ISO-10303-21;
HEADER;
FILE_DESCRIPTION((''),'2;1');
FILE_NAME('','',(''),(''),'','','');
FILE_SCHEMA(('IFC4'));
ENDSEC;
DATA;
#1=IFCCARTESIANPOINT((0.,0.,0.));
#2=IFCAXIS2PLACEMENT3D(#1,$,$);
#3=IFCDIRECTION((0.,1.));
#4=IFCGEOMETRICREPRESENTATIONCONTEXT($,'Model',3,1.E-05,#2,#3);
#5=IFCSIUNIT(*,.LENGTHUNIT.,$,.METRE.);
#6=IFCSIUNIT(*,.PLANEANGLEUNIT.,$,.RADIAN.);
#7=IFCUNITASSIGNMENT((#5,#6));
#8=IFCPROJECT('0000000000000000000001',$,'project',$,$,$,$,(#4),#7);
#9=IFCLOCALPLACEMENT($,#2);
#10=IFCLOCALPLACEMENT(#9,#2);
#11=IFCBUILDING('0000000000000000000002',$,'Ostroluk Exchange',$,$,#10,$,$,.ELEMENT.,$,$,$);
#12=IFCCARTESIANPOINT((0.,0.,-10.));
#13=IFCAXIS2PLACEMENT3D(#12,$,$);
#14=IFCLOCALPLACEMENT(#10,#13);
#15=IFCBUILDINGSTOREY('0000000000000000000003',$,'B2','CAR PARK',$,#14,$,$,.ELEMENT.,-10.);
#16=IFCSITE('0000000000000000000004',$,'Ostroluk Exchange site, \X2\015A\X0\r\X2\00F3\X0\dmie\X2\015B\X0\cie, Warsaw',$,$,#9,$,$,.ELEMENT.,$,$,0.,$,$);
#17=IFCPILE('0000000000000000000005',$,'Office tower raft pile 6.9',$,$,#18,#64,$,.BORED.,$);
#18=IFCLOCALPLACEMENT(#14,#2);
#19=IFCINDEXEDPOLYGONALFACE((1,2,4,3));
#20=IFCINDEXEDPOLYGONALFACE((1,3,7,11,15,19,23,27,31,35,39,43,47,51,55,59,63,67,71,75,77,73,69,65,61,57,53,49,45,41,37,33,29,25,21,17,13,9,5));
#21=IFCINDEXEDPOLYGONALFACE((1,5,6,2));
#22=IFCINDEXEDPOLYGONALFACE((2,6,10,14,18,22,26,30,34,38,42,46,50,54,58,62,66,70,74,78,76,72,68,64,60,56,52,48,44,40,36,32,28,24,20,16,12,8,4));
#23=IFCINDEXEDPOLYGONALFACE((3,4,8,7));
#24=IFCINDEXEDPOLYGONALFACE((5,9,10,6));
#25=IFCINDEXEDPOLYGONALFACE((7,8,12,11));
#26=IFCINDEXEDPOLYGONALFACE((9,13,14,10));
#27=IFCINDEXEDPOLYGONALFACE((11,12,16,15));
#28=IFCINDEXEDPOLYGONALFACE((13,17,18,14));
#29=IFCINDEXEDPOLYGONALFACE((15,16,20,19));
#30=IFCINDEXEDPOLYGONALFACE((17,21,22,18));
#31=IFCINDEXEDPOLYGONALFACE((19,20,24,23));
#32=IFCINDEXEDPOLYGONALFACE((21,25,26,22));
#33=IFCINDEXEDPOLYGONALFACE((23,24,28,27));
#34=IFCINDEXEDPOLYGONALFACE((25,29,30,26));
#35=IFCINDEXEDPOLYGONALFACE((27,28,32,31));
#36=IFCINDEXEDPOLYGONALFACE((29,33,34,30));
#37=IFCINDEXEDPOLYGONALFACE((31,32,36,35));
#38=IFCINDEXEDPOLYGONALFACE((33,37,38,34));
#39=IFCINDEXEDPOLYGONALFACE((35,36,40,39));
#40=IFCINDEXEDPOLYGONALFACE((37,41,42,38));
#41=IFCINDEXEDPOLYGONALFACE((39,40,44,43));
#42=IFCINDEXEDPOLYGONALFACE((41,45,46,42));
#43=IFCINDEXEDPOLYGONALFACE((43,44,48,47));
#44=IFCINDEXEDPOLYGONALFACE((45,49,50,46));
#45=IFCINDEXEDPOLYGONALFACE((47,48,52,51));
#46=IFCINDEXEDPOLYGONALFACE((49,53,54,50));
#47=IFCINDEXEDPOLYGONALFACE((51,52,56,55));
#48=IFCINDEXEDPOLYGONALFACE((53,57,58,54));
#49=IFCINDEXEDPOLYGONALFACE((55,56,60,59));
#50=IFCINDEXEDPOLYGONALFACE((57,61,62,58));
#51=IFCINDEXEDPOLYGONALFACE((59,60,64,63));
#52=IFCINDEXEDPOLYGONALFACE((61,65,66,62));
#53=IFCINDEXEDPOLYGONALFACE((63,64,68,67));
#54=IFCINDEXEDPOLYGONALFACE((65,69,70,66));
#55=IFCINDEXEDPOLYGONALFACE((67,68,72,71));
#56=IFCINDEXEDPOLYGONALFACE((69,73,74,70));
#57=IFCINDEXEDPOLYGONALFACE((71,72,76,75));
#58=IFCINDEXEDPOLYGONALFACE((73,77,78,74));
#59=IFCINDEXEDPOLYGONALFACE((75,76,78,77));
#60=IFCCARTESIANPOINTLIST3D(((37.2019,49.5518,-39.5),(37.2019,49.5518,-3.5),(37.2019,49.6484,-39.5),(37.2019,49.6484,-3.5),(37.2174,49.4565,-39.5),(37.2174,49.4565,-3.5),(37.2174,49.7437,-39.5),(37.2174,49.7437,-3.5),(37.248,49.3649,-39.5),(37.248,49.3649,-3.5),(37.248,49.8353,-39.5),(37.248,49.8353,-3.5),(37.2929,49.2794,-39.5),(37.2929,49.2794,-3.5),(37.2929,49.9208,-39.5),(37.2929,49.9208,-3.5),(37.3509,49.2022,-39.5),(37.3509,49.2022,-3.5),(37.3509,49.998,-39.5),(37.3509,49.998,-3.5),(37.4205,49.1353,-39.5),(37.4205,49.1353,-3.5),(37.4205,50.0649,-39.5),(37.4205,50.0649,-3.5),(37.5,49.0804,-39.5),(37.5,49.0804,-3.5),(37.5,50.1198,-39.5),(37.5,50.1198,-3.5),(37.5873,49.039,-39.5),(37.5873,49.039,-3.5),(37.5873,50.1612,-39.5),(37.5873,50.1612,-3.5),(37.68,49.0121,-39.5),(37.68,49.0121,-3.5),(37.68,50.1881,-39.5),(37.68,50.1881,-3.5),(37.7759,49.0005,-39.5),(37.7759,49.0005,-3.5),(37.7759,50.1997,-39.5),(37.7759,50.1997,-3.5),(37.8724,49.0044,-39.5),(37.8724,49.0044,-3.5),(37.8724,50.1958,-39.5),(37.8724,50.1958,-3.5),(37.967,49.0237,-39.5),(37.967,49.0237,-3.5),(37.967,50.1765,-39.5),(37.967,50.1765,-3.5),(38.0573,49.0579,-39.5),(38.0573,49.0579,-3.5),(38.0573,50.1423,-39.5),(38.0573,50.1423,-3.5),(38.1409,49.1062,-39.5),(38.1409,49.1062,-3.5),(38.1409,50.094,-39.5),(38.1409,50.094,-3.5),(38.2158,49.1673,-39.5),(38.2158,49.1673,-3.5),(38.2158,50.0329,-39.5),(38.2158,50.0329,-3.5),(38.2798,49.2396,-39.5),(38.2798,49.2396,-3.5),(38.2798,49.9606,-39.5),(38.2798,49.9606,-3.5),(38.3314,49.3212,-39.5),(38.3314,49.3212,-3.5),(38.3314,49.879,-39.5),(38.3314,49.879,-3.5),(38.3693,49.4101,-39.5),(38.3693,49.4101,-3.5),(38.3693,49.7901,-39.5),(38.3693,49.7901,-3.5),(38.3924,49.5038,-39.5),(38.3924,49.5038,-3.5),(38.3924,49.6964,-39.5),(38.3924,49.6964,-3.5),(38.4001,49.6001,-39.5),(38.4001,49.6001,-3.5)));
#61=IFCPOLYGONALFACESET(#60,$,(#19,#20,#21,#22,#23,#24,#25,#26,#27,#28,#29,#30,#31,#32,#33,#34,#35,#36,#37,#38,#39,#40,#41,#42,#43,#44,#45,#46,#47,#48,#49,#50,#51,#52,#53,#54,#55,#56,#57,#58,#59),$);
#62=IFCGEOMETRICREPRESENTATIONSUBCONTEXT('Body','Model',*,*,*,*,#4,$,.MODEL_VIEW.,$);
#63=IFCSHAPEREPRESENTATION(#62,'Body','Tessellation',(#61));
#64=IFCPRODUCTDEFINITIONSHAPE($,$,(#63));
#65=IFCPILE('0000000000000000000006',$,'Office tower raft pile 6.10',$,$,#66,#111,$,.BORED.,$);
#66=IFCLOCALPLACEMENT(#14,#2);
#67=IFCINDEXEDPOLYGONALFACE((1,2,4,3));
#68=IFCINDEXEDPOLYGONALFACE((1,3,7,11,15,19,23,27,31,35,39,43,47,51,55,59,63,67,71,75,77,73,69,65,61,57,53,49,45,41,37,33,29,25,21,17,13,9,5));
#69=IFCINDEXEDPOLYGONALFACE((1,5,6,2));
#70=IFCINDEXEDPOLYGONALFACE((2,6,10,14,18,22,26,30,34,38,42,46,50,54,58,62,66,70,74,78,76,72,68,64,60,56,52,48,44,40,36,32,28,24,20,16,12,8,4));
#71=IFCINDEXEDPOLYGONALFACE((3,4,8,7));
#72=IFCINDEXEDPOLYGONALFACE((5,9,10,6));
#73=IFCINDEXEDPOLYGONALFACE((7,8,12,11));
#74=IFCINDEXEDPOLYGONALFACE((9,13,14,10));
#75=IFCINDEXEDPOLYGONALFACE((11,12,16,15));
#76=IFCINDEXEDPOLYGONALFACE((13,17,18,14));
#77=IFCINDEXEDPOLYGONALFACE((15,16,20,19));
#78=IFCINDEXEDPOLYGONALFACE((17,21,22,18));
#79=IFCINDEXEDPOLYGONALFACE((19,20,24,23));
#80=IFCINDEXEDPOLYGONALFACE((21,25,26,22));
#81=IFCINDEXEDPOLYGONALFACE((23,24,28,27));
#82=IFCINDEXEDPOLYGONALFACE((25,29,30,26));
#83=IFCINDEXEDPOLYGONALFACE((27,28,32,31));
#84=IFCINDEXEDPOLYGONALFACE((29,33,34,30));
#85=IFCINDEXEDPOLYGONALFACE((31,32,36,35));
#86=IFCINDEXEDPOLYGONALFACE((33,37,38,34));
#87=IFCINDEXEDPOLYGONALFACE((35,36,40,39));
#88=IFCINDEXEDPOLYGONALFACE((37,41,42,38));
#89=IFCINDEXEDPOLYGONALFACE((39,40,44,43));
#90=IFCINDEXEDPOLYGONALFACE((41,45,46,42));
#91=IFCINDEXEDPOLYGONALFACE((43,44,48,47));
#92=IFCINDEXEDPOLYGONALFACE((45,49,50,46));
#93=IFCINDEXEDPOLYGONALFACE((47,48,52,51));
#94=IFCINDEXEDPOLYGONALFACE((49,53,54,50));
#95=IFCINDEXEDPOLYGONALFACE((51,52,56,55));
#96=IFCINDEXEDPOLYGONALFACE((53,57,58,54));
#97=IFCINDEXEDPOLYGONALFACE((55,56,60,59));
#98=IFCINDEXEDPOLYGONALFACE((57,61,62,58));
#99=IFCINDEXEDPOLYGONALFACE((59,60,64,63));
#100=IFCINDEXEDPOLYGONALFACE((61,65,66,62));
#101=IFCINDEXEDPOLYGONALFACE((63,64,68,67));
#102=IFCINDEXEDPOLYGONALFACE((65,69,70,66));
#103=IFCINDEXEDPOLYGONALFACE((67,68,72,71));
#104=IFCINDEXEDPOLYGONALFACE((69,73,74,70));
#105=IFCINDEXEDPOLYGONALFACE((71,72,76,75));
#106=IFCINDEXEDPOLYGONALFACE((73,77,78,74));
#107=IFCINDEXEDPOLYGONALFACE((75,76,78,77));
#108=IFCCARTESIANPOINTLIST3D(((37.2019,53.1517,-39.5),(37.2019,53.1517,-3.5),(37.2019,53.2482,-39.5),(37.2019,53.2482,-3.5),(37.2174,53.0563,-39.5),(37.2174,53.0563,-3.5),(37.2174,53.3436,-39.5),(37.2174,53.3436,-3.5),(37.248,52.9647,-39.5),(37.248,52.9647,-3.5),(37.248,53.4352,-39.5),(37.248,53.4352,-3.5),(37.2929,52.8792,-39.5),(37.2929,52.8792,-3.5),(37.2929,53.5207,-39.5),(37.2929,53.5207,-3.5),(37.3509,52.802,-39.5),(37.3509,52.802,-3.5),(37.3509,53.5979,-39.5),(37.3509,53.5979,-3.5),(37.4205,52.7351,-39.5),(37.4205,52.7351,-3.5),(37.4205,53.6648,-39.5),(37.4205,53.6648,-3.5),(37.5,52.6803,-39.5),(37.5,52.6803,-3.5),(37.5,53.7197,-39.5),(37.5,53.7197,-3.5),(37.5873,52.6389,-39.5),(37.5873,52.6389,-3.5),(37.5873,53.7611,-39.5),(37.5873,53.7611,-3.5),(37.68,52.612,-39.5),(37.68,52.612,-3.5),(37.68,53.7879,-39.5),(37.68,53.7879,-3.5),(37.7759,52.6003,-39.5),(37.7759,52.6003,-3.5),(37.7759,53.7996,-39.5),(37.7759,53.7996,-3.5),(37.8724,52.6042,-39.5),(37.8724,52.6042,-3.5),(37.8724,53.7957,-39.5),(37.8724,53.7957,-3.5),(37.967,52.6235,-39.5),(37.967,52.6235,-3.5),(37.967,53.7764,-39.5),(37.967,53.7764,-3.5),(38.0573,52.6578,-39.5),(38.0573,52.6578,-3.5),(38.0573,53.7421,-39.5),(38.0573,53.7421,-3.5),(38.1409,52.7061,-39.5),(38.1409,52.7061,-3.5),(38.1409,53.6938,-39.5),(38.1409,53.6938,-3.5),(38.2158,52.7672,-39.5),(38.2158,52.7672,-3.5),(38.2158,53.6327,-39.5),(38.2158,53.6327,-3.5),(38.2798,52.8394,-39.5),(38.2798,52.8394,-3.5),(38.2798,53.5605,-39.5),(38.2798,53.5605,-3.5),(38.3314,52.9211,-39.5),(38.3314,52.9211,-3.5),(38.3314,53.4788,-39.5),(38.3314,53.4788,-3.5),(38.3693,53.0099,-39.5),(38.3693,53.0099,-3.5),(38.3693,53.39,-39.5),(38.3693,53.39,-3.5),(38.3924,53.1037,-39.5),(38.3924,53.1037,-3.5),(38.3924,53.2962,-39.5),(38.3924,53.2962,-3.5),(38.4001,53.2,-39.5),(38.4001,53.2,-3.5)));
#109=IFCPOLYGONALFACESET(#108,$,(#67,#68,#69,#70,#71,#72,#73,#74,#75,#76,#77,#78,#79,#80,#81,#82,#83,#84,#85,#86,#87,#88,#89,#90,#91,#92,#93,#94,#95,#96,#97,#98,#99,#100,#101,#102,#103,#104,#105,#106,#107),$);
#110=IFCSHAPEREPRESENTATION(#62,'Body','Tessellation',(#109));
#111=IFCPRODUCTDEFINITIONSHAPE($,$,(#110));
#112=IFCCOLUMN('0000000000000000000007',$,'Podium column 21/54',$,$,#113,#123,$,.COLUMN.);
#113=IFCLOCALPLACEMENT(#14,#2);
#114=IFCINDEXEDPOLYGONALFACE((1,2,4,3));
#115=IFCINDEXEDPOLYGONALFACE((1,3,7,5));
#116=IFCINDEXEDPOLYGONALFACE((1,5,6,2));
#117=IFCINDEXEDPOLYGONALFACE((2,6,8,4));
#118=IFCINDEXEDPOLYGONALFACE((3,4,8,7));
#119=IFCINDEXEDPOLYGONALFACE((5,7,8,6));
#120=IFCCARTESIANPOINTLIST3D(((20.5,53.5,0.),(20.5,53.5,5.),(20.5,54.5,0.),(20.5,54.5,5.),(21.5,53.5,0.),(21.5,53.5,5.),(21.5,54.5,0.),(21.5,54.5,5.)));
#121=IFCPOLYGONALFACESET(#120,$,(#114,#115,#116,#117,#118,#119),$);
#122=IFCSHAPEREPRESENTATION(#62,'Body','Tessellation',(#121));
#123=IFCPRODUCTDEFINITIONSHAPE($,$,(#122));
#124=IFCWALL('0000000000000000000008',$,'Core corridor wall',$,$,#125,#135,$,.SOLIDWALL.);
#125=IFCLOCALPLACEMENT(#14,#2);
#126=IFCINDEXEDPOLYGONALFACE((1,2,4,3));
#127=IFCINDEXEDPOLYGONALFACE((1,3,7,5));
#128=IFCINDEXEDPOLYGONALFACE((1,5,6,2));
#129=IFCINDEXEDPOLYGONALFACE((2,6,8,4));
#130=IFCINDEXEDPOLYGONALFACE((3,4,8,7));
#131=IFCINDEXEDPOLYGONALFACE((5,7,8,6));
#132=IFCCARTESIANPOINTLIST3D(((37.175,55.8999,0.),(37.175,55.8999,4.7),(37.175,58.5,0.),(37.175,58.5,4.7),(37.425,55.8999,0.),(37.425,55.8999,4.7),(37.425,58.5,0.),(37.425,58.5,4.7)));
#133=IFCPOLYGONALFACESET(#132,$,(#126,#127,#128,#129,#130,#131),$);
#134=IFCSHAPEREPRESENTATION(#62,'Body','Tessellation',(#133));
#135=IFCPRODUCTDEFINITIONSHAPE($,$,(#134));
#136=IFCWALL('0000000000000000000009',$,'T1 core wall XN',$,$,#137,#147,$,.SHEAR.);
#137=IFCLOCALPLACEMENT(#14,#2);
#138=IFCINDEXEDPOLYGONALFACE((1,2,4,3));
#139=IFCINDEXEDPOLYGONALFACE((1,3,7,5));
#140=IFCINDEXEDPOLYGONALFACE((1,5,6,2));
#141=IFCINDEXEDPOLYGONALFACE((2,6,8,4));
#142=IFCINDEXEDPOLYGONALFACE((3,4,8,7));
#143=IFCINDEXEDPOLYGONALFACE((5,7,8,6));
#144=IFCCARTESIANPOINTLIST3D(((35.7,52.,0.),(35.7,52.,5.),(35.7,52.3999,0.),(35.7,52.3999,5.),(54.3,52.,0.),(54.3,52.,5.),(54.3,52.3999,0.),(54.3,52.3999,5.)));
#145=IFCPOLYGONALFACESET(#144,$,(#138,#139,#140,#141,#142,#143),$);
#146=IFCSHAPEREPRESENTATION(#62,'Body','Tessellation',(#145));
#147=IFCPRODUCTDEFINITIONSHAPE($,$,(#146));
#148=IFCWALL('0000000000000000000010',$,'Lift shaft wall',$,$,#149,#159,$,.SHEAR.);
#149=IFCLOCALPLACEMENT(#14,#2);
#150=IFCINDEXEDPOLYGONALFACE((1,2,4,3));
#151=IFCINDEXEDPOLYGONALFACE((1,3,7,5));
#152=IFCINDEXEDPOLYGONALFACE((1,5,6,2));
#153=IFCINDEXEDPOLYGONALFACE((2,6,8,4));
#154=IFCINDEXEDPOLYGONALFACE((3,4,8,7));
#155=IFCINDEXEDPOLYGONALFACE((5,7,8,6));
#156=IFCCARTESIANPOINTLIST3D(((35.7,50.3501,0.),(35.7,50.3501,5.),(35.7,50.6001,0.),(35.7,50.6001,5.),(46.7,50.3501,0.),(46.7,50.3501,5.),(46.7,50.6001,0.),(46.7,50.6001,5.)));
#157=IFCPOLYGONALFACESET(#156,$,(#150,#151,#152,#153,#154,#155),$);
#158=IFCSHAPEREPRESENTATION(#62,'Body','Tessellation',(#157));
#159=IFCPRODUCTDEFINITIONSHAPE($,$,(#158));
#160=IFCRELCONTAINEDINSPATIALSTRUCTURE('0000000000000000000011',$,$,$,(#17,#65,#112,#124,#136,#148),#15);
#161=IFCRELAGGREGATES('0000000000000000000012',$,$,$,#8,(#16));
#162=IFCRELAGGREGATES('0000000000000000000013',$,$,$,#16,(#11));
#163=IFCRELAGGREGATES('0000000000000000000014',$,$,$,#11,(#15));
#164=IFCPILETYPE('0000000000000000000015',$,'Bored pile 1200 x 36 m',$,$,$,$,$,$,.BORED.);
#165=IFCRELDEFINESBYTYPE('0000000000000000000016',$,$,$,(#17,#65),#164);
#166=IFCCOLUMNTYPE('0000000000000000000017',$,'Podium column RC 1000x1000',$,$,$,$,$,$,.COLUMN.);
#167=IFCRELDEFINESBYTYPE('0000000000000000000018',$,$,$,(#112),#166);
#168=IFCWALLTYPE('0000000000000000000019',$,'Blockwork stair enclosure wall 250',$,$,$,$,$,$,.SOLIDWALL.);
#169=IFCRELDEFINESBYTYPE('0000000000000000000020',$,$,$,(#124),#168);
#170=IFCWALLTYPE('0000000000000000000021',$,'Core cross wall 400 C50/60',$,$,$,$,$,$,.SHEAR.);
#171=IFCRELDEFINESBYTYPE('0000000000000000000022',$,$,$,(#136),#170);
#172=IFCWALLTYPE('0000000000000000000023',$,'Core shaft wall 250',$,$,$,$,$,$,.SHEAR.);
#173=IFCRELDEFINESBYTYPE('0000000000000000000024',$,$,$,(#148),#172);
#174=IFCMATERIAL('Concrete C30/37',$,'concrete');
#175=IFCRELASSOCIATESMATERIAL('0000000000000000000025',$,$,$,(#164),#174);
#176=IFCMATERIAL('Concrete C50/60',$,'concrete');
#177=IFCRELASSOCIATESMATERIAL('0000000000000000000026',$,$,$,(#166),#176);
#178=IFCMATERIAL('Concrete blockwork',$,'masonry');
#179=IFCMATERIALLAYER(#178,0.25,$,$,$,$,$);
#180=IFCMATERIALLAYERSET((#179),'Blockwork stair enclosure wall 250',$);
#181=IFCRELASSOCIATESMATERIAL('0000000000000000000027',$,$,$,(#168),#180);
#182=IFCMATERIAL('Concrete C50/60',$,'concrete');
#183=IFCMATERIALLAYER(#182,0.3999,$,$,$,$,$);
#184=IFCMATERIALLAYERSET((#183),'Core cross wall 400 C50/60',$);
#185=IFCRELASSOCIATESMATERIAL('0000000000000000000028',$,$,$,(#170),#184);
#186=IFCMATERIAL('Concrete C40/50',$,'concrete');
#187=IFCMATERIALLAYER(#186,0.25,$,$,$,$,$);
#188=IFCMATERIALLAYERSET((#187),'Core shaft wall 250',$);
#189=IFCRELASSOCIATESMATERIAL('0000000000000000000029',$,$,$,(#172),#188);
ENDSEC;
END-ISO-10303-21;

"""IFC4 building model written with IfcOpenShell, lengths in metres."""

from ifc_helpers import new_model, si_unit, direction, frame, frame_2d, origin, origin_2d, place, context, subcontext, project, spatial, rectangle, circle, extrude, material, layer, layer_set, material_profile, profile_set, type_object, element, save


model = new_model("IFC4")

# Units and contexts
model_context = context("Model", 3, precision=1e-05, world=origin(), true_north=direction((0.0, 1.0)))
body_context = subcontext(model_context, "Body", "Model", "MODEL_VIEW")
ifc_project = project(units=[si_unit("LENGTHUNIT", "METRE"), si_unit("PLANEANGLEUNIT", "RADIAN")], contexts=[model_context])

# Site, building, storey
site_placement = place(None, origin())
site = spatial("IfcSite", under=ifc_project, at=site_placement, Name="Ostroluk Exchange site, Śródmieście, Warsaw", CompositionType="ELEMENT", RefElevation=0.0)
building_placement = place(site_placement, origin())
building = spatial("IfcBuilding", under=site, at=building_placement, Name="Ostroluk Exchange", CompositionType="ELEMENT")
storey_placement = place(building_placement, frame((0.0, 0.0, -10.0)))
storey = spatial("IfcBuildingStorey", under=building, at=storey_placement, Name="B2", Description="CAR PARK", CompositionType="ELEMENT", Elevation=-10.0)

# Piles
ifc_material_1 = material(Name="Concrete C30/37", Category="concrete")
pile_type = type_object("IfcPileType", Name="Bored pile 1200 x 36 m", PredefinedType="BORED", material=ifc_material_1)
for number, where, z_axis, x_axis, name in (
    (1, (37.8, 49.6001, -3.5), (0.0, 0.0, -1.0), (1.0, 0.0, 0.0), "Office tower raft pile 6.9"),
    (2, (37.8, 53.2, -3.5), (0.0, 0.0, -1.0), (1.0, 0.0, 0.0), "Office tower raft pile 6.10"),
):
    element("IfcPile", number, at=place(storey_placement, frame(where, z_axis=z_axis, x_axis=x_axis)), inside=storey, type_object=pile_type, Name=name, PredefinedType="BORED", context=body_context, shape_type="SweptSolid", body=[
        extrude(circle(Radius=0.6001, at=origin_2d()), origin(), (0.0, 0.0, 1.0), 36.0),
    ])

# Column
ifc_material_2 = material(Name="Concrete C50/60", Category="concrete")
ifc_material_profile = material_profile(ifc_material_2, rectangle(XDim=1.0, YDim=1.0, at=origin_2d()), Name="RC 1000x1000")
ifc_profile_set = profile_set([ifc_material_profile], Name="Concrete C50/60")
column_type = type_object("IfcColumnType", Name="Podium column RC 1000x1000", PredefinedType="COLUMN", material=ifc_profile_set)
column_placement = place(storey_placement, frame((21.0, 54.0, 0.0), z_axis=(0.0, 0.0, 1.0), x_axis=(1.0, 0.0, 0.0)))
element("IfcColumn", 3, at=column_placement, inside=storey, type_object=column_type, Name="Podium column 21/54", PredefinedType="COLUMN", context=body_context, shape_type="SweptSolid", body=[
    extrude(rectangle(XDim=1.0, YDim=1.0, at=origin_2d()), origin(), (0.0, 0.0, 1.0), 5.0),
])

# Walls
ifc_material_3 = material(Name="Concrete blockwork", Category="masonry")
ifc_layer_1 = layer(ifc_material_3, 0.25)
ifc_layer_set_1 = layer_set([ifc_layer_1], Name="Blockwork stair enclosure wall 250")
wall_type_1 = type_object("IfcWallType", Name="Blockwork stair enclosure wall 250", PredefinedType="SOLIDWALL", material=ifc_layer_set_1)
wall_1_placement = place(storey_placement, frame((37.3, 55.8999, 0.0), z_axis=(0.0, 0.0, 1.0), x_axis=(0.0, 1.0, 0.0)))
element("IfcWall", 4, at=wall_1_placement, inside=storey, type_object=wall_type_1, Name="Core corridor wall", PredefinedType="SOLIDWALL", context=body_context, shape_type="SweptSolid", body=[
    extrude(rectangle(XDim=2.6001, YDim=0.25, at=frame_2d((1.3, 0.0))), origin(), (0.0, 0.0, 1.0), 4.7),
])
ifc_material_4 = material(Name="Concrete C50/60", Category="concrete")
ifc_layer_2 = layer(ifc_material_4, 0.3999)
ifc_layer_set_2 = layer_set([ifc_layer_2], Name="Core cross wall 400 C50/60")
wall_type_2 = type_object("IfcWallType", Name="Core cross wall 400 C50/60", PredefinedType="SHEAR", material=ifc_layer_set_2)
wall_2_placement = place(storey_placement, frame((35.7, 52.2, 0.0), z_axis=(0.0, 0.0, 1.0), x_axis=(1.0, 0.0, 0.0)))
element("IfcWall", 5, at=wall_2_placement, inside=storey, type_object=wall_type_2, Name="T1 core wall XN", PredefinedType="SHEAR", context=body_context, shape_type="SweptSolid", body=[
    extrude(rectangle(XDim=18.6001, YDim=0.3999, at=frame_2d((9.3, 0.0))), origin(), (0.0, 0.0, 1.0), 5.0),
])
ifc_material_5 = material(Name="Concrete C40/50", Category="concrete")
ifc_layer_3 = layer(ifc_material_5, 0.25)
ifc_layer_set_3 = layer_set([ifc_layer_3], Name="Core shaft wall 250")
wall_type_3 = type_object("IfcWallType", Name="Core shaft wall 250", PredefinedType="SHEAR", material=ifc_layer_set_3)
wall_3_placement = place(storey_placement, frame((35.7, 50.4751, 0.0), z_axis=(0.0, 0.0, 1.0), x_axis=(1.0, 0.0, 0.0)))
element("IfcWall", 6, at=wall_3_placement, inside=storey, type_object=wall_type_3, Name="Lift shaft wall", PredefinedType="SHEAR", context=body_context, shape_type="SweptSolid", body=[
    extrude(rectangle(XDim=11.0, YDim=0.25, at=frame_2d((5.5, 0.0))), origin(), (0.0, 0.0, 1.0), 5.0),
])

save(model, "model.ifc")
